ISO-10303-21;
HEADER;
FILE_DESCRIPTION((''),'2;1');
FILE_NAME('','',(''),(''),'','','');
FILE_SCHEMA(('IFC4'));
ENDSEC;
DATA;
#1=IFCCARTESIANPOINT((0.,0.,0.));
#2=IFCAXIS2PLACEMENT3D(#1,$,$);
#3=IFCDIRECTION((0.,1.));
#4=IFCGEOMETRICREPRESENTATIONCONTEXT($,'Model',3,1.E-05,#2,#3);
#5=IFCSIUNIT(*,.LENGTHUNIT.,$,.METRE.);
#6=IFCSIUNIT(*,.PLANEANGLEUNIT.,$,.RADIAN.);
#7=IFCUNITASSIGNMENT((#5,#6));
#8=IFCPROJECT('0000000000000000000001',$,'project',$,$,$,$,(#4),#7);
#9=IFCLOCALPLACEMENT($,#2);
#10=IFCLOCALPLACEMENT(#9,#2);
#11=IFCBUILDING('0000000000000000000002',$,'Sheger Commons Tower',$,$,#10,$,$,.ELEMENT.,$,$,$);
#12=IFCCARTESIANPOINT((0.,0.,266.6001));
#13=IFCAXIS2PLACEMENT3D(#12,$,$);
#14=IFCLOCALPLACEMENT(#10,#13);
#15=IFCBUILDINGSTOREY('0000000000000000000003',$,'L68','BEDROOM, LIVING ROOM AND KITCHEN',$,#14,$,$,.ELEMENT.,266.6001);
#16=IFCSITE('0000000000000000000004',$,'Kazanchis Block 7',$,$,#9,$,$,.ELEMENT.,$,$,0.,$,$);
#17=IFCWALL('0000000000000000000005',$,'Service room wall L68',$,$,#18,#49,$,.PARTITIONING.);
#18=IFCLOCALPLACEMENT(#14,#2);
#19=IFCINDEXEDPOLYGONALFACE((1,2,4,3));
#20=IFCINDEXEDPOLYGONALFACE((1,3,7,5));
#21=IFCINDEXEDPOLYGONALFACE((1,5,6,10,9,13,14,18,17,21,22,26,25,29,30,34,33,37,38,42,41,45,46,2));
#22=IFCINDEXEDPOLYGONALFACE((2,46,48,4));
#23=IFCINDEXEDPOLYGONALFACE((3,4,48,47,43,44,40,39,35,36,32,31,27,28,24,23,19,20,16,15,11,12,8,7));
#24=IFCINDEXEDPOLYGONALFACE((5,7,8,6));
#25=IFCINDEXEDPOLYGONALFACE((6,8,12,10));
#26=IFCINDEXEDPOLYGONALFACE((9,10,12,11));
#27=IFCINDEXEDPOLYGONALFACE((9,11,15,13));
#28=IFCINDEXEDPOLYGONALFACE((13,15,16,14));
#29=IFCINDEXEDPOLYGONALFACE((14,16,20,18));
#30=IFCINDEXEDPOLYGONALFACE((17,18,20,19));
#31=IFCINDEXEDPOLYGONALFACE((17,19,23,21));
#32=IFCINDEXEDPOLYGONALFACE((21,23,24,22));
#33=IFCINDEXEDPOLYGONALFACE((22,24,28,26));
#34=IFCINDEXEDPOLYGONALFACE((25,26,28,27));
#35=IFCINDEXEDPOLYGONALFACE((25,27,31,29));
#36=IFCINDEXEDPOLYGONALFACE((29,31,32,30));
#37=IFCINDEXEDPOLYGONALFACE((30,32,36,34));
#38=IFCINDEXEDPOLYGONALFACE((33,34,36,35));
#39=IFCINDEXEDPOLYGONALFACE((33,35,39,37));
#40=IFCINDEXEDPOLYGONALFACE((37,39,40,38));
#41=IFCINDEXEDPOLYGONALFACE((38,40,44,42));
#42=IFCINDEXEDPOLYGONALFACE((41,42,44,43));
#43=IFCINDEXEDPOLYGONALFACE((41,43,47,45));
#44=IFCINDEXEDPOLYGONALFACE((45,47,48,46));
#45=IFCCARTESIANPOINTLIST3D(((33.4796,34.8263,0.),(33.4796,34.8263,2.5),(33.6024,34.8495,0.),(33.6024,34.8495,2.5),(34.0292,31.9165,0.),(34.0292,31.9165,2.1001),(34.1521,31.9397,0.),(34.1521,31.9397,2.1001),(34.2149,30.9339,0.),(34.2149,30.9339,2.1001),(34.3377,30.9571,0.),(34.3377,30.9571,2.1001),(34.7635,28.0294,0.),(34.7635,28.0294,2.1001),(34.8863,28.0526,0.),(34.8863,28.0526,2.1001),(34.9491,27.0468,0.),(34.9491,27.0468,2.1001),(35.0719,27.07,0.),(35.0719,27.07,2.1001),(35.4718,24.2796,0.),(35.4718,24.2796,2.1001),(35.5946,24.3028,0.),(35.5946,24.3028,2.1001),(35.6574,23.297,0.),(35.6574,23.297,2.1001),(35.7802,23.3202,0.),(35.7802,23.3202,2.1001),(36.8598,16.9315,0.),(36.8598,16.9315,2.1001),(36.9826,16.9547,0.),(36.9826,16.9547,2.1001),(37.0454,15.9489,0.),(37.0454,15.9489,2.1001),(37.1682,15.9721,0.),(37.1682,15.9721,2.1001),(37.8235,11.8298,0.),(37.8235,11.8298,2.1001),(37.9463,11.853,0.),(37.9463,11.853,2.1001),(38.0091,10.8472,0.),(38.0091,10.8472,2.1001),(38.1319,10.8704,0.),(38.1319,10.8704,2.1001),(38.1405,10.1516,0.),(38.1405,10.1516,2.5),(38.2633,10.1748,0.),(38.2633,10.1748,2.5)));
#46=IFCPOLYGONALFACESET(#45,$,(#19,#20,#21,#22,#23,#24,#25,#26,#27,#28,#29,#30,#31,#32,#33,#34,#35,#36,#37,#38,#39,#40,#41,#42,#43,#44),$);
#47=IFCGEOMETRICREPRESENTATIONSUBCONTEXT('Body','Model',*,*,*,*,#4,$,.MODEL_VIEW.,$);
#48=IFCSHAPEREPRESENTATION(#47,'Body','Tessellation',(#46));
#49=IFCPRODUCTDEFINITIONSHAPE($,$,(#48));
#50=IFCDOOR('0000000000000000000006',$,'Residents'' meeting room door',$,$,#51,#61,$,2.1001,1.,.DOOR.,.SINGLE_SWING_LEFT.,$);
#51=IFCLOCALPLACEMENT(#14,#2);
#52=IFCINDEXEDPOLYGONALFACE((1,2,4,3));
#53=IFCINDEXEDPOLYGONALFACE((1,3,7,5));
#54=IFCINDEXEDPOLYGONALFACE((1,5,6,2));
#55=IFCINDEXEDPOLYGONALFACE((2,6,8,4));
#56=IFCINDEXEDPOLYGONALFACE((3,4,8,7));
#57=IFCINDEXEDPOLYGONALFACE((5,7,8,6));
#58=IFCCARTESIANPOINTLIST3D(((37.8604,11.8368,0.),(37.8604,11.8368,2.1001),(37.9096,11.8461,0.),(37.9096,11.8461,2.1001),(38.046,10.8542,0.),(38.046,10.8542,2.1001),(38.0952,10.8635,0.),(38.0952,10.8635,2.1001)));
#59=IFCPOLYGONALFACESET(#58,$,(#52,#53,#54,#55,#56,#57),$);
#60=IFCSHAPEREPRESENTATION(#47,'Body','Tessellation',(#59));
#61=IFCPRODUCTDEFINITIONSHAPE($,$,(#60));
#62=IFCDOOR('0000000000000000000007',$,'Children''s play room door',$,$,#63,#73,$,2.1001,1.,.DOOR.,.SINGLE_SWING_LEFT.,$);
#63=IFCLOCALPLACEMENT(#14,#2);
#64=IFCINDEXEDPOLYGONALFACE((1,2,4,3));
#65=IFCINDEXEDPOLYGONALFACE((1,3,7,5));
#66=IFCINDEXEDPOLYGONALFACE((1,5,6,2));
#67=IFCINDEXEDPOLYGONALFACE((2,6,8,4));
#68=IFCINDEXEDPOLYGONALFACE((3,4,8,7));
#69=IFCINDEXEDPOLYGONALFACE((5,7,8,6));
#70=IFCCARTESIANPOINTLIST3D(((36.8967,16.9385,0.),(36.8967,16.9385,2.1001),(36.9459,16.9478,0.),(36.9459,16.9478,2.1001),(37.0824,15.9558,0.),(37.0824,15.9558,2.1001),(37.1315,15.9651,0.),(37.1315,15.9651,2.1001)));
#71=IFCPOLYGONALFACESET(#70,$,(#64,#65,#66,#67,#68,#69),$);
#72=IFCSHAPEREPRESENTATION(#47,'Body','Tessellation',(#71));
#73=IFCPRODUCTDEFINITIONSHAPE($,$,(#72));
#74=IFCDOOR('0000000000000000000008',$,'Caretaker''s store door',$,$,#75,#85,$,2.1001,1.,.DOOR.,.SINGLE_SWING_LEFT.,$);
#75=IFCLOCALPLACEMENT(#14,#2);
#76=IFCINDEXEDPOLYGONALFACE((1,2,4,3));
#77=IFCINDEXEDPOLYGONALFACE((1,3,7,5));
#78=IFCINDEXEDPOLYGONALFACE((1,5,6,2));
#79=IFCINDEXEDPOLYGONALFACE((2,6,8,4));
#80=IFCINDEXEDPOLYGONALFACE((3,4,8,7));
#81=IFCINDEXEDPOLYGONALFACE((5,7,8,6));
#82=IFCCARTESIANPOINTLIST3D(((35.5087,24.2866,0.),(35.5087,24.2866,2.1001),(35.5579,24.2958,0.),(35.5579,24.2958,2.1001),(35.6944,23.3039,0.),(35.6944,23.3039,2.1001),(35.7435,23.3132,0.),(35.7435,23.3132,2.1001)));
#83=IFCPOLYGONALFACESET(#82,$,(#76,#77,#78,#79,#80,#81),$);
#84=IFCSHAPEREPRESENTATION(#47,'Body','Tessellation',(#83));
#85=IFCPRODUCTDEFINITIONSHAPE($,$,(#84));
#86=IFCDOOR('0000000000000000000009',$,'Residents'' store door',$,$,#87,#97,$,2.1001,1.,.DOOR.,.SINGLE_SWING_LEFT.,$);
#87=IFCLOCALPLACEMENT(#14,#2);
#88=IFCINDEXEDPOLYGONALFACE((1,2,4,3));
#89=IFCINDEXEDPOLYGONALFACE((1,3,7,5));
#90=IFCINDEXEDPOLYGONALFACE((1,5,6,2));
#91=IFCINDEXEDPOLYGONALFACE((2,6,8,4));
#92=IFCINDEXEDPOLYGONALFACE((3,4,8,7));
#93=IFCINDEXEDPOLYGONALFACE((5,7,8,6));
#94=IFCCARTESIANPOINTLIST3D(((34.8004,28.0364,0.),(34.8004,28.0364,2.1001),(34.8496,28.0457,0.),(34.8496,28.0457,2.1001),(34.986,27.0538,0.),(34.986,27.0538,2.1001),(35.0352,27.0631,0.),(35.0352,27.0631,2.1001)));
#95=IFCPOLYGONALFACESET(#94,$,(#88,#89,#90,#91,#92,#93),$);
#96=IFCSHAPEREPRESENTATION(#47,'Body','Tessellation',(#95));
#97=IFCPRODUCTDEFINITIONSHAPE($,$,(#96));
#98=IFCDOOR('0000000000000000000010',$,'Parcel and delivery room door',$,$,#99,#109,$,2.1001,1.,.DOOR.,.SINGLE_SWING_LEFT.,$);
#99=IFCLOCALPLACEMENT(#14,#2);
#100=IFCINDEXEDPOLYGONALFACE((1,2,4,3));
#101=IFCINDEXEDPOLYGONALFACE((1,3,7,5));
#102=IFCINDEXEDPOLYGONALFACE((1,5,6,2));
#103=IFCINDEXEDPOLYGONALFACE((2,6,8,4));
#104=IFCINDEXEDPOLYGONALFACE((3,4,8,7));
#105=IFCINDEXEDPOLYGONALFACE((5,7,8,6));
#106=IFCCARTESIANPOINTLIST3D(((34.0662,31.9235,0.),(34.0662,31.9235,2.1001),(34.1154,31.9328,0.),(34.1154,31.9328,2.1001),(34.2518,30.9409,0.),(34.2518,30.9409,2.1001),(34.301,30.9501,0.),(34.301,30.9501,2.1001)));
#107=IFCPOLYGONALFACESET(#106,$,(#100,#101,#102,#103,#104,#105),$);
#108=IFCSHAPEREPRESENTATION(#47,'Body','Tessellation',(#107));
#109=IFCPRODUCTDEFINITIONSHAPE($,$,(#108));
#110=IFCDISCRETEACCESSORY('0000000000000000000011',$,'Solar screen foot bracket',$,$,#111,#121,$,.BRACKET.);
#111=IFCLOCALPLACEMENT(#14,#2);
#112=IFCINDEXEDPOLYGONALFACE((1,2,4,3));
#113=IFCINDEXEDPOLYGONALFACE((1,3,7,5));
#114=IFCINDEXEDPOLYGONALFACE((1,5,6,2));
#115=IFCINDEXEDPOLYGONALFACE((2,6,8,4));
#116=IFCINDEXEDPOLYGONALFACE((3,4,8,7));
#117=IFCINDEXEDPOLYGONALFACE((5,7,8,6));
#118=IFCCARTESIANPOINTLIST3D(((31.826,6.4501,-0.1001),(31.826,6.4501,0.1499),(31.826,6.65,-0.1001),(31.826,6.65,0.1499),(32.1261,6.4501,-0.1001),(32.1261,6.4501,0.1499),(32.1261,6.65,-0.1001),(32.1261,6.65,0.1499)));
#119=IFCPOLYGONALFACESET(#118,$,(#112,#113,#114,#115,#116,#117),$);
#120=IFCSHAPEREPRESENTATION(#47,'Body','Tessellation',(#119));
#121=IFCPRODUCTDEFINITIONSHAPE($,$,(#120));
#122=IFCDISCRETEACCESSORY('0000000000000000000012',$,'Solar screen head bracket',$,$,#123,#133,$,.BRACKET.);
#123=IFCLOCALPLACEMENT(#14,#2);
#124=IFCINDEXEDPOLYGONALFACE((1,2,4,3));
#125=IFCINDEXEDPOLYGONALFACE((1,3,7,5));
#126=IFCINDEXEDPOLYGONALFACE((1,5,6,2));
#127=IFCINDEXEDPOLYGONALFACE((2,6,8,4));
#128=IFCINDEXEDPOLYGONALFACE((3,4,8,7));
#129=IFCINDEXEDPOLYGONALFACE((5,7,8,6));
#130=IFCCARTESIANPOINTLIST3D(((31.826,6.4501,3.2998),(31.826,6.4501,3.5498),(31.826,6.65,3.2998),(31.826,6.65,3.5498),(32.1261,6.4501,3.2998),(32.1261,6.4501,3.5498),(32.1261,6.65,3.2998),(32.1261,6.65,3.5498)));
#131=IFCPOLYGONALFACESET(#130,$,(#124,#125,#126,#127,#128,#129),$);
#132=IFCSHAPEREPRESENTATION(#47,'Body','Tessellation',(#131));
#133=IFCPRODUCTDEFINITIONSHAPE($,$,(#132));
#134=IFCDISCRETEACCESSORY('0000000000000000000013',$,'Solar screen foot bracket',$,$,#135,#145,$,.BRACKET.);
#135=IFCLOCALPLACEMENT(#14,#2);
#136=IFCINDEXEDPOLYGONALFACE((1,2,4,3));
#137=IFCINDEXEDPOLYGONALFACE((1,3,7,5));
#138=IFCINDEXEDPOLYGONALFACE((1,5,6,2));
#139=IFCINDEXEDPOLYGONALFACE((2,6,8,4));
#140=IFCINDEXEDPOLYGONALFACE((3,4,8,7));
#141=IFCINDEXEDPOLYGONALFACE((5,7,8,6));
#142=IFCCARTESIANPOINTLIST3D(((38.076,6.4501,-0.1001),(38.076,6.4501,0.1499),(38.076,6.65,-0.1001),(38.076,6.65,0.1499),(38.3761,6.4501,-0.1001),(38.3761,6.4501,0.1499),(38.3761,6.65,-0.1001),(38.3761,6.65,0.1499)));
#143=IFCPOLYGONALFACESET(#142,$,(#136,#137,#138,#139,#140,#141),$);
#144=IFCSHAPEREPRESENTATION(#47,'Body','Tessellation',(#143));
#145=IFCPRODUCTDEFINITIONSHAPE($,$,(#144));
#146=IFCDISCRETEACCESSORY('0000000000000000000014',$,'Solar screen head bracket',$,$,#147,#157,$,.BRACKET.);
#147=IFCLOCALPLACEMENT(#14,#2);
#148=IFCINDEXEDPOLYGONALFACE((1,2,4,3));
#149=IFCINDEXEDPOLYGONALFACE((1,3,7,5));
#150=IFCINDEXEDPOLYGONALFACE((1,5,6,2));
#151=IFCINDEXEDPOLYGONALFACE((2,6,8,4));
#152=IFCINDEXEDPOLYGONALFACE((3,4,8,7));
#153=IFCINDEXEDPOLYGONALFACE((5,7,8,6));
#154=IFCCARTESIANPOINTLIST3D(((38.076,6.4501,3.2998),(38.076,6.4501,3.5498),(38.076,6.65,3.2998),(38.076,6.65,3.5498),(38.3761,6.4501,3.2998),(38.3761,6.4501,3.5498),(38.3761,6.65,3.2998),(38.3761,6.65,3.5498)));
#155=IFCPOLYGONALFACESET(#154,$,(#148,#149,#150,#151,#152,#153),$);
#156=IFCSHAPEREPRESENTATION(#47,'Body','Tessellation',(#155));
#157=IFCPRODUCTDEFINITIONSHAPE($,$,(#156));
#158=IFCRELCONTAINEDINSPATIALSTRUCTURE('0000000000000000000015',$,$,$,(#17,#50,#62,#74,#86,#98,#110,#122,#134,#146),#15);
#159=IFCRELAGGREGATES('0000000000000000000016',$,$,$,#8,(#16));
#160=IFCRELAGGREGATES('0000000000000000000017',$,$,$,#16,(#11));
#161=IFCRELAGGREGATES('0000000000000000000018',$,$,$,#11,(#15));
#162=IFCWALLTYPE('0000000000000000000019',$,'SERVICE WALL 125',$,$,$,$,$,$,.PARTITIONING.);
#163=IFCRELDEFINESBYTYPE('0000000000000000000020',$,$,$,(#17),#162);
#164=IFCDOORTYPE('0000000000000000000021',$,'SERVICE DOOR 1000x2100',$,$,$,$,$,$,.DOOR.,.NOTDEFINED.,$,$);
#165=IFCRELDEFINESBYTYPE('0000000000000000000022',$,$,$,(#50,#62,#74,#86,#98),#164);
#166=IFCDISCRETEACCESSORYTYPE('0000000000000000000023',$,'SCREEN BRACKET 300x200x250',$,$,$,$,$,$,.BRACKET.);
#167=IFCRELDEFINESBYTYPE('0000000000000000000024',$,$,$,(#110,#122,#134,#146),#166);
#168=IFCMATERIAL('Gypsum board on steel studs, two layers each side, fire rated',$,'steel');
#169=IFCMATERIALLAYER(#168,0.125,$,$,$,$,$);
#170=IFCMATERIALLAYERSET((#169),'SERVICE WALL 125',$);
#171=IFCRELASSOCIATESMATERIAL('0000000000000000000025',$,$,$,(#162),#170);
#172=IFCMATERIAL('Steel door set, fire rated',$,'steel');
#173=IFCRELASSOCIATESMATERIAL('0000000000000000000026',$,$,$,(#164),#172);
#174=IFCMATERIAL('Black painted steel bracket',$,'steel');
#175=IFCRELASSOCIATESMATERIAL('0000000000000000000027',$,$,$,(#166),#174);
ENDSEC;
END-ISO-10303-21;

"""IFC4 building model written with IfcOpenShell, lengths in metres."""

from ifc_helpers import new_model, si_unit, direction, frame, frame_2d, origin, origin_2d, place, context, subcontext, project, spatial, rectangle, extrude, material, layer, layer_set, type_object, element, fill, save


model = new_model("IFC4")

# Units and contexts
model_context = context("Model", 3, precision=1e-05, world=origin(), true_north=direction((0.0, 1.0)))
body_context = subcontext(model_context, "Body", "Model", "MODEL_VIEW")
ifc_project = project(units=[si_unit("LENGTHUNIT", "METRE"), si_unit("PLANEANGLEUNIT", "RADIAN")], contexts=[model_context])

# Site, building, storey
site_placement = place(None, origin())
site = spatial("IfcSite", under=ifc_project, at=site_placement, Name="Kazanchis Block 7", CompositionType="ELEMENT", RefElevation=0.0)
building_placement = place(site_placement, origin())
building = spatial("IfcBuilding", under=site, at=building_placement, Name="Sheger Commons Tower", CompositionType="ELEMENT")
storey_placement = place(building_placement, frame((0.0, 0.0, 266.6001)))
storey = spatial("IfcBuildingStorey", under=building, at=storey_placement, Name="L68", Description="BEDROOM, LIVING ROOM AND KITCHEN", CompositionType="ELEMENT", Elevation=266.6001)

# Wall, openings, doors
ifc_material_1 = material(Name="Gypsum board on steel studs, two layers each side, fire rated", Category="steel")
ifc_layer_1 = layer(ifc_material_1, 0.125)
ifc_layer_set_1 = layer_set([ifc_layer_1], Name="SERVICE WALL 125")
wall_type = type_object("IfcWallType", Name="SERVICE WALL 125", PredefinedType="PARTITIONING", material=ifc_layer_set_1)
wall_placement = place(storey_placement, frame((38.2019, 10.1631, 0.0), z_axis=(0.0, 0.0, 1.0), x_axis=(-0.18561, 0.982623, 0.0)))
wall = element("IfcWall", 1, at=wall_placement, inside=storey, type_object=wall_type, Name="Service room wall L68", PredefinedType="PARTITIONING", context=body_context, shape_type="SweptSolid", body=[
    extrude(rectangle(XDim=25.1111, YDim=0.125, at=frame_2d((12.5557, 0.0))), origin(), (0.0, 0.0, 1.0), 2.5),
])
opening_1_placement = place(wall_placement, frame((0.708, 0.0, 0.0)))
opening_1 = element("IfcOpeningElement", 2, at=opening_1_placement, cuts=wall, PredefinedType="OPENING", context=body_context, shape_type="SweptSolid", body=[
    extrude(rectangle(XDim=1.0, YDim=2.1001, at=frame_2d((0.5, 1.05))), frame((0.0, 0.0725, 0.0), z_axis=(0.0, -1.0, 0.0), x_axis=(1.0, 0.0, 0.0)), (0.0, 0.0, 1.0), 0.145),
])
opening_2_placement = place(wall_placement, frame((5.8999, 0.0, 0.0)))
opening_2 = element("IfcOpeningElement", 3, at=opening_2_placement, cuts=wall, PredefinedType="OPENING", context=body_context, shape_type="SweptSolid", body=[
    extrude(rectangle(XDim=1.0, YDim=2.1001, at=frame_2d((0.5, 1.05))), frame((0.0, 0.0725, 0.0), z_axis=(0.0, -1.0, 0.0), x_axis=(1.0, 0.0, 0.0)), (0.0, 0.0, 1.0), 0.145),
])
opening_3_placement = place(wall_placement, frame((13.3779, 0.0, 0.0)))
opening_3 = element("IfcOpeningElement", 4, at=opening_3_placement, cuts=wall, PredefinedType="OPENING", context=body_context, shape_type="SweptSolid", body=[
    extrude(rectangle(XDim=1.0, YDim=2.1001, at=frame_2d((0.5, 1.05))), frame((0.0, 0.0725, 0.0), z_axis=(0.0, -1.0, 0.0), x_axis=(1.0, 0.0, 0.0)), (0.0, 0.0, 1.0), 0.145),
])
opening_4_placement = place(wall_placement, frame((17.1941, 0.0, 0.0)))
opening_4 = element("IfcOpeningElement", 5, at=opening_4_placement, cuts=wall, PredefinedType="OPENING", context=body_context, shape_type="SweptSolid", body=[
    extrude(rectangle(XDim=1.0, YDim=2.1001, at=frame_2d((0.5, 1.05))), frame((0.0, 0.0725, 0.0), z_axis=(0.0, -1.0, 0.0), x_axis=(1.0, 0.0, 0.0)), (0.0, 0.0, 1.0), 0.145),
])
opening_5_placement = place(wall_placement, frame((21.1499, 0.0, 0.0)))
opening_5 = element("IfcOpeningElement", 6, at=opening_5_placement, cuts=wall, PredefinedType="OPENING", context=body_context, shape_type="SweptSolid", body=[
    extrude(rectangle(XDim=1.0, YDim=2.1001, at=frame_2d((0.5, 1.05))), frame((0.0, 0.0725, 0.0), z_axis=(0.0, -1.0, 0.0), x_axis=(1.0, 0.0, 0.0)), (0.0, 0.0, 1.0), 0.145),
])
ifc_material_2 = material(Name="Steel door set, fire rated", Category="steel")
door_type = type_object("IfcDoorType", Name="SERVICE DOOR 1000x2100", OperationType="NOTDEFINED", PredefinedType="DOOR", material=ifc_material_2)
door_1_placement = place(opening_1_placement, origin())
door_1 = element("IfcDoor", 7, at=door_1_placement, inside=storey, type_object=door_type, Name="Residents' meeting room door", OperationType="SINGLE_SWING_LEFT", OverallHeight=2.1001, OverallWidth=1.0, PredefinedType="DOOR", context=body_context, shape_type="SweptSolid", body=[
    extrude(rectangle(XDim=1.0, YDim=2.1001, at=frame_2d((0.5, 1.05))), frame((0.0, 0.0249, 0.0), z_axis=(0.0, -1.0, 0.0), x_axis=(1.0, 0.0, 0.0)), (0.0, 0.0, 1.0), 0.05),
])
fill(opening_1, door_1)
door_2_placement = place(opening_2_placement, origin())
door_2 = element("IfcDoor", 8, at=door_2_placement, inside=storey, type_object=door_type, Name="Children's play room door", OperationType="SINGLE_SWING_LEFT", OverallHeight=2.1001, OverallWidth=1.0, PredefinedType="DOOR", context=body_context, shape_type="SweptSolid", body=[
    extrude(rectangle(XDim=1.0, YDim=2.1001, at=frame_2d((0.5, 1.05))), frame((0.0, 0.0249, 0.0), z_axis=(0.0, -1.0, 0.0), x_axis=(1.0, 0.0, 0.0)), (0.0, 0.0, 1.0), 0.05),
])
fill(opening_2, door_2)
door_3_placement = place(opening_3_placement, origin())
door_3 = element("IfcDoor", 9, at=door_3_placement, inside=storey, type_object=door_type, Name="Caretaker's store door", OperationType="SINGLE_SWING_LEFT", OverallHeight=2.1001, OverallWidth=1.0, PredefinedType="DOOR", context=body_context, shape_type="SweptSolid", body=[
    extrude(rectangle(XDim=1.0, YDim=2.1001, at=frame_2d((0.5, 1.05))), frame((0.0, 0.0249, 0.0), z_axis=(0.0, -1.0, 0.0), x_axis=(1.0, 0.0, 0.0)), (0.0, 0.0, 1.0), 0.05),
])
fill(opening_3, door_3)
door_4_placement = place(opening_4_placement, origin())
door_4 = element("IfcDoor", 10, at=door_4_placement, inside=storey, type_object=door_type, Name="Residents' store door", OperationType="SINGLE_SWING_LEFT", OverallHeight=2.1001, OverallWidth=1.0, PredefinedType="DOOR", context=body_context, shape_type="SweptSolid", body=[
    extrude(rectangle(XDim=1.0, YDim=2.1001, at=frame_2d((0.5, 1.05))), frame((0.0, 0.0249, 0.0), z_axis=(0.0, -1.0, 0.0), x_axis=(1.0, 0.0, 0.0)), (0.0, 0.0, 1.0), 0.05),
])
fill(opening_4, door_4)
door_5_placement = place(opening_5_placement, origin())
door_5 = element("IfcDoor", 11, at=door_5_placement, inside=storey, type_object=door_type, Name="Parcel and delivery room door", OperationType="SINGLE_SWING_LEFT", OverallHeight=2.1001, OverallWidth=1.0, PredefinedType="DOOR", context=body_context, shape_type="SweptSolid", body=[
    extrude(rectangle(XDim=1.0, YDim=2.1001, at=frame_2d((0.5, 1.05))), frame((0.0, 0.0249, 0.0), z_axis=(0.0, -1.0, 0.0), x_axis=(1.0, 0.0, 0.0)), (0.0, 0.0, 1.0), 0.05),
])
fill(opening_5, door_5)

# Discrete accessories
ifc_material_3 = material(Name="Black painted steel bracket", Category="steel")
discrete_accessory_type = type_object("IfcDiscreteAccessoryType", Name="SCREEN BRACKET 300x200x250", PredefinedType="BRACKET", material=ifc_material_3)
for number, where, z_axis, x_axis, name in (
    (12, (31.9761, 6.55, -0.1001), (0.0, 0.0, 1.0), (1.0, 0.0, 0.0), "Solar screen foot bracket"),
    (13, (31.9761, 6.55, 3.2998), (0.0, 0.0, 1.0), (1.0, 0.0, 0.0), "Solar screen head bracket"),
    (14, (38.2261, 6.55, -0.1001), (0.0, 0.0, 1.0), (1.0, 0.0, 0.0), "Solar screen foot bracket"),
    (15, (38.2261, 6.55, 3.2998), (0.0, 0.0, 1.0), (1.0, 0.0, 0.0), "Solar screen head bracket"),
):
    element("IfcDiscreteAccessory", number, at=place(storey_placement, frame(where, z_axis=z_axis, x_axis=x_axis)), inside=storey, type_object=discrete_accessory_type, Name=name, PredefinedType="BRACKET", context=body_context, shape_type="SweptSolid", body=[
        extrude(rectangle(XDim=0.3, YDim=0.2, at=origin_2d()), origin(), (0.0, 0.0, 1.0), 0.25),
    ])

save(model, "model.ifc")
